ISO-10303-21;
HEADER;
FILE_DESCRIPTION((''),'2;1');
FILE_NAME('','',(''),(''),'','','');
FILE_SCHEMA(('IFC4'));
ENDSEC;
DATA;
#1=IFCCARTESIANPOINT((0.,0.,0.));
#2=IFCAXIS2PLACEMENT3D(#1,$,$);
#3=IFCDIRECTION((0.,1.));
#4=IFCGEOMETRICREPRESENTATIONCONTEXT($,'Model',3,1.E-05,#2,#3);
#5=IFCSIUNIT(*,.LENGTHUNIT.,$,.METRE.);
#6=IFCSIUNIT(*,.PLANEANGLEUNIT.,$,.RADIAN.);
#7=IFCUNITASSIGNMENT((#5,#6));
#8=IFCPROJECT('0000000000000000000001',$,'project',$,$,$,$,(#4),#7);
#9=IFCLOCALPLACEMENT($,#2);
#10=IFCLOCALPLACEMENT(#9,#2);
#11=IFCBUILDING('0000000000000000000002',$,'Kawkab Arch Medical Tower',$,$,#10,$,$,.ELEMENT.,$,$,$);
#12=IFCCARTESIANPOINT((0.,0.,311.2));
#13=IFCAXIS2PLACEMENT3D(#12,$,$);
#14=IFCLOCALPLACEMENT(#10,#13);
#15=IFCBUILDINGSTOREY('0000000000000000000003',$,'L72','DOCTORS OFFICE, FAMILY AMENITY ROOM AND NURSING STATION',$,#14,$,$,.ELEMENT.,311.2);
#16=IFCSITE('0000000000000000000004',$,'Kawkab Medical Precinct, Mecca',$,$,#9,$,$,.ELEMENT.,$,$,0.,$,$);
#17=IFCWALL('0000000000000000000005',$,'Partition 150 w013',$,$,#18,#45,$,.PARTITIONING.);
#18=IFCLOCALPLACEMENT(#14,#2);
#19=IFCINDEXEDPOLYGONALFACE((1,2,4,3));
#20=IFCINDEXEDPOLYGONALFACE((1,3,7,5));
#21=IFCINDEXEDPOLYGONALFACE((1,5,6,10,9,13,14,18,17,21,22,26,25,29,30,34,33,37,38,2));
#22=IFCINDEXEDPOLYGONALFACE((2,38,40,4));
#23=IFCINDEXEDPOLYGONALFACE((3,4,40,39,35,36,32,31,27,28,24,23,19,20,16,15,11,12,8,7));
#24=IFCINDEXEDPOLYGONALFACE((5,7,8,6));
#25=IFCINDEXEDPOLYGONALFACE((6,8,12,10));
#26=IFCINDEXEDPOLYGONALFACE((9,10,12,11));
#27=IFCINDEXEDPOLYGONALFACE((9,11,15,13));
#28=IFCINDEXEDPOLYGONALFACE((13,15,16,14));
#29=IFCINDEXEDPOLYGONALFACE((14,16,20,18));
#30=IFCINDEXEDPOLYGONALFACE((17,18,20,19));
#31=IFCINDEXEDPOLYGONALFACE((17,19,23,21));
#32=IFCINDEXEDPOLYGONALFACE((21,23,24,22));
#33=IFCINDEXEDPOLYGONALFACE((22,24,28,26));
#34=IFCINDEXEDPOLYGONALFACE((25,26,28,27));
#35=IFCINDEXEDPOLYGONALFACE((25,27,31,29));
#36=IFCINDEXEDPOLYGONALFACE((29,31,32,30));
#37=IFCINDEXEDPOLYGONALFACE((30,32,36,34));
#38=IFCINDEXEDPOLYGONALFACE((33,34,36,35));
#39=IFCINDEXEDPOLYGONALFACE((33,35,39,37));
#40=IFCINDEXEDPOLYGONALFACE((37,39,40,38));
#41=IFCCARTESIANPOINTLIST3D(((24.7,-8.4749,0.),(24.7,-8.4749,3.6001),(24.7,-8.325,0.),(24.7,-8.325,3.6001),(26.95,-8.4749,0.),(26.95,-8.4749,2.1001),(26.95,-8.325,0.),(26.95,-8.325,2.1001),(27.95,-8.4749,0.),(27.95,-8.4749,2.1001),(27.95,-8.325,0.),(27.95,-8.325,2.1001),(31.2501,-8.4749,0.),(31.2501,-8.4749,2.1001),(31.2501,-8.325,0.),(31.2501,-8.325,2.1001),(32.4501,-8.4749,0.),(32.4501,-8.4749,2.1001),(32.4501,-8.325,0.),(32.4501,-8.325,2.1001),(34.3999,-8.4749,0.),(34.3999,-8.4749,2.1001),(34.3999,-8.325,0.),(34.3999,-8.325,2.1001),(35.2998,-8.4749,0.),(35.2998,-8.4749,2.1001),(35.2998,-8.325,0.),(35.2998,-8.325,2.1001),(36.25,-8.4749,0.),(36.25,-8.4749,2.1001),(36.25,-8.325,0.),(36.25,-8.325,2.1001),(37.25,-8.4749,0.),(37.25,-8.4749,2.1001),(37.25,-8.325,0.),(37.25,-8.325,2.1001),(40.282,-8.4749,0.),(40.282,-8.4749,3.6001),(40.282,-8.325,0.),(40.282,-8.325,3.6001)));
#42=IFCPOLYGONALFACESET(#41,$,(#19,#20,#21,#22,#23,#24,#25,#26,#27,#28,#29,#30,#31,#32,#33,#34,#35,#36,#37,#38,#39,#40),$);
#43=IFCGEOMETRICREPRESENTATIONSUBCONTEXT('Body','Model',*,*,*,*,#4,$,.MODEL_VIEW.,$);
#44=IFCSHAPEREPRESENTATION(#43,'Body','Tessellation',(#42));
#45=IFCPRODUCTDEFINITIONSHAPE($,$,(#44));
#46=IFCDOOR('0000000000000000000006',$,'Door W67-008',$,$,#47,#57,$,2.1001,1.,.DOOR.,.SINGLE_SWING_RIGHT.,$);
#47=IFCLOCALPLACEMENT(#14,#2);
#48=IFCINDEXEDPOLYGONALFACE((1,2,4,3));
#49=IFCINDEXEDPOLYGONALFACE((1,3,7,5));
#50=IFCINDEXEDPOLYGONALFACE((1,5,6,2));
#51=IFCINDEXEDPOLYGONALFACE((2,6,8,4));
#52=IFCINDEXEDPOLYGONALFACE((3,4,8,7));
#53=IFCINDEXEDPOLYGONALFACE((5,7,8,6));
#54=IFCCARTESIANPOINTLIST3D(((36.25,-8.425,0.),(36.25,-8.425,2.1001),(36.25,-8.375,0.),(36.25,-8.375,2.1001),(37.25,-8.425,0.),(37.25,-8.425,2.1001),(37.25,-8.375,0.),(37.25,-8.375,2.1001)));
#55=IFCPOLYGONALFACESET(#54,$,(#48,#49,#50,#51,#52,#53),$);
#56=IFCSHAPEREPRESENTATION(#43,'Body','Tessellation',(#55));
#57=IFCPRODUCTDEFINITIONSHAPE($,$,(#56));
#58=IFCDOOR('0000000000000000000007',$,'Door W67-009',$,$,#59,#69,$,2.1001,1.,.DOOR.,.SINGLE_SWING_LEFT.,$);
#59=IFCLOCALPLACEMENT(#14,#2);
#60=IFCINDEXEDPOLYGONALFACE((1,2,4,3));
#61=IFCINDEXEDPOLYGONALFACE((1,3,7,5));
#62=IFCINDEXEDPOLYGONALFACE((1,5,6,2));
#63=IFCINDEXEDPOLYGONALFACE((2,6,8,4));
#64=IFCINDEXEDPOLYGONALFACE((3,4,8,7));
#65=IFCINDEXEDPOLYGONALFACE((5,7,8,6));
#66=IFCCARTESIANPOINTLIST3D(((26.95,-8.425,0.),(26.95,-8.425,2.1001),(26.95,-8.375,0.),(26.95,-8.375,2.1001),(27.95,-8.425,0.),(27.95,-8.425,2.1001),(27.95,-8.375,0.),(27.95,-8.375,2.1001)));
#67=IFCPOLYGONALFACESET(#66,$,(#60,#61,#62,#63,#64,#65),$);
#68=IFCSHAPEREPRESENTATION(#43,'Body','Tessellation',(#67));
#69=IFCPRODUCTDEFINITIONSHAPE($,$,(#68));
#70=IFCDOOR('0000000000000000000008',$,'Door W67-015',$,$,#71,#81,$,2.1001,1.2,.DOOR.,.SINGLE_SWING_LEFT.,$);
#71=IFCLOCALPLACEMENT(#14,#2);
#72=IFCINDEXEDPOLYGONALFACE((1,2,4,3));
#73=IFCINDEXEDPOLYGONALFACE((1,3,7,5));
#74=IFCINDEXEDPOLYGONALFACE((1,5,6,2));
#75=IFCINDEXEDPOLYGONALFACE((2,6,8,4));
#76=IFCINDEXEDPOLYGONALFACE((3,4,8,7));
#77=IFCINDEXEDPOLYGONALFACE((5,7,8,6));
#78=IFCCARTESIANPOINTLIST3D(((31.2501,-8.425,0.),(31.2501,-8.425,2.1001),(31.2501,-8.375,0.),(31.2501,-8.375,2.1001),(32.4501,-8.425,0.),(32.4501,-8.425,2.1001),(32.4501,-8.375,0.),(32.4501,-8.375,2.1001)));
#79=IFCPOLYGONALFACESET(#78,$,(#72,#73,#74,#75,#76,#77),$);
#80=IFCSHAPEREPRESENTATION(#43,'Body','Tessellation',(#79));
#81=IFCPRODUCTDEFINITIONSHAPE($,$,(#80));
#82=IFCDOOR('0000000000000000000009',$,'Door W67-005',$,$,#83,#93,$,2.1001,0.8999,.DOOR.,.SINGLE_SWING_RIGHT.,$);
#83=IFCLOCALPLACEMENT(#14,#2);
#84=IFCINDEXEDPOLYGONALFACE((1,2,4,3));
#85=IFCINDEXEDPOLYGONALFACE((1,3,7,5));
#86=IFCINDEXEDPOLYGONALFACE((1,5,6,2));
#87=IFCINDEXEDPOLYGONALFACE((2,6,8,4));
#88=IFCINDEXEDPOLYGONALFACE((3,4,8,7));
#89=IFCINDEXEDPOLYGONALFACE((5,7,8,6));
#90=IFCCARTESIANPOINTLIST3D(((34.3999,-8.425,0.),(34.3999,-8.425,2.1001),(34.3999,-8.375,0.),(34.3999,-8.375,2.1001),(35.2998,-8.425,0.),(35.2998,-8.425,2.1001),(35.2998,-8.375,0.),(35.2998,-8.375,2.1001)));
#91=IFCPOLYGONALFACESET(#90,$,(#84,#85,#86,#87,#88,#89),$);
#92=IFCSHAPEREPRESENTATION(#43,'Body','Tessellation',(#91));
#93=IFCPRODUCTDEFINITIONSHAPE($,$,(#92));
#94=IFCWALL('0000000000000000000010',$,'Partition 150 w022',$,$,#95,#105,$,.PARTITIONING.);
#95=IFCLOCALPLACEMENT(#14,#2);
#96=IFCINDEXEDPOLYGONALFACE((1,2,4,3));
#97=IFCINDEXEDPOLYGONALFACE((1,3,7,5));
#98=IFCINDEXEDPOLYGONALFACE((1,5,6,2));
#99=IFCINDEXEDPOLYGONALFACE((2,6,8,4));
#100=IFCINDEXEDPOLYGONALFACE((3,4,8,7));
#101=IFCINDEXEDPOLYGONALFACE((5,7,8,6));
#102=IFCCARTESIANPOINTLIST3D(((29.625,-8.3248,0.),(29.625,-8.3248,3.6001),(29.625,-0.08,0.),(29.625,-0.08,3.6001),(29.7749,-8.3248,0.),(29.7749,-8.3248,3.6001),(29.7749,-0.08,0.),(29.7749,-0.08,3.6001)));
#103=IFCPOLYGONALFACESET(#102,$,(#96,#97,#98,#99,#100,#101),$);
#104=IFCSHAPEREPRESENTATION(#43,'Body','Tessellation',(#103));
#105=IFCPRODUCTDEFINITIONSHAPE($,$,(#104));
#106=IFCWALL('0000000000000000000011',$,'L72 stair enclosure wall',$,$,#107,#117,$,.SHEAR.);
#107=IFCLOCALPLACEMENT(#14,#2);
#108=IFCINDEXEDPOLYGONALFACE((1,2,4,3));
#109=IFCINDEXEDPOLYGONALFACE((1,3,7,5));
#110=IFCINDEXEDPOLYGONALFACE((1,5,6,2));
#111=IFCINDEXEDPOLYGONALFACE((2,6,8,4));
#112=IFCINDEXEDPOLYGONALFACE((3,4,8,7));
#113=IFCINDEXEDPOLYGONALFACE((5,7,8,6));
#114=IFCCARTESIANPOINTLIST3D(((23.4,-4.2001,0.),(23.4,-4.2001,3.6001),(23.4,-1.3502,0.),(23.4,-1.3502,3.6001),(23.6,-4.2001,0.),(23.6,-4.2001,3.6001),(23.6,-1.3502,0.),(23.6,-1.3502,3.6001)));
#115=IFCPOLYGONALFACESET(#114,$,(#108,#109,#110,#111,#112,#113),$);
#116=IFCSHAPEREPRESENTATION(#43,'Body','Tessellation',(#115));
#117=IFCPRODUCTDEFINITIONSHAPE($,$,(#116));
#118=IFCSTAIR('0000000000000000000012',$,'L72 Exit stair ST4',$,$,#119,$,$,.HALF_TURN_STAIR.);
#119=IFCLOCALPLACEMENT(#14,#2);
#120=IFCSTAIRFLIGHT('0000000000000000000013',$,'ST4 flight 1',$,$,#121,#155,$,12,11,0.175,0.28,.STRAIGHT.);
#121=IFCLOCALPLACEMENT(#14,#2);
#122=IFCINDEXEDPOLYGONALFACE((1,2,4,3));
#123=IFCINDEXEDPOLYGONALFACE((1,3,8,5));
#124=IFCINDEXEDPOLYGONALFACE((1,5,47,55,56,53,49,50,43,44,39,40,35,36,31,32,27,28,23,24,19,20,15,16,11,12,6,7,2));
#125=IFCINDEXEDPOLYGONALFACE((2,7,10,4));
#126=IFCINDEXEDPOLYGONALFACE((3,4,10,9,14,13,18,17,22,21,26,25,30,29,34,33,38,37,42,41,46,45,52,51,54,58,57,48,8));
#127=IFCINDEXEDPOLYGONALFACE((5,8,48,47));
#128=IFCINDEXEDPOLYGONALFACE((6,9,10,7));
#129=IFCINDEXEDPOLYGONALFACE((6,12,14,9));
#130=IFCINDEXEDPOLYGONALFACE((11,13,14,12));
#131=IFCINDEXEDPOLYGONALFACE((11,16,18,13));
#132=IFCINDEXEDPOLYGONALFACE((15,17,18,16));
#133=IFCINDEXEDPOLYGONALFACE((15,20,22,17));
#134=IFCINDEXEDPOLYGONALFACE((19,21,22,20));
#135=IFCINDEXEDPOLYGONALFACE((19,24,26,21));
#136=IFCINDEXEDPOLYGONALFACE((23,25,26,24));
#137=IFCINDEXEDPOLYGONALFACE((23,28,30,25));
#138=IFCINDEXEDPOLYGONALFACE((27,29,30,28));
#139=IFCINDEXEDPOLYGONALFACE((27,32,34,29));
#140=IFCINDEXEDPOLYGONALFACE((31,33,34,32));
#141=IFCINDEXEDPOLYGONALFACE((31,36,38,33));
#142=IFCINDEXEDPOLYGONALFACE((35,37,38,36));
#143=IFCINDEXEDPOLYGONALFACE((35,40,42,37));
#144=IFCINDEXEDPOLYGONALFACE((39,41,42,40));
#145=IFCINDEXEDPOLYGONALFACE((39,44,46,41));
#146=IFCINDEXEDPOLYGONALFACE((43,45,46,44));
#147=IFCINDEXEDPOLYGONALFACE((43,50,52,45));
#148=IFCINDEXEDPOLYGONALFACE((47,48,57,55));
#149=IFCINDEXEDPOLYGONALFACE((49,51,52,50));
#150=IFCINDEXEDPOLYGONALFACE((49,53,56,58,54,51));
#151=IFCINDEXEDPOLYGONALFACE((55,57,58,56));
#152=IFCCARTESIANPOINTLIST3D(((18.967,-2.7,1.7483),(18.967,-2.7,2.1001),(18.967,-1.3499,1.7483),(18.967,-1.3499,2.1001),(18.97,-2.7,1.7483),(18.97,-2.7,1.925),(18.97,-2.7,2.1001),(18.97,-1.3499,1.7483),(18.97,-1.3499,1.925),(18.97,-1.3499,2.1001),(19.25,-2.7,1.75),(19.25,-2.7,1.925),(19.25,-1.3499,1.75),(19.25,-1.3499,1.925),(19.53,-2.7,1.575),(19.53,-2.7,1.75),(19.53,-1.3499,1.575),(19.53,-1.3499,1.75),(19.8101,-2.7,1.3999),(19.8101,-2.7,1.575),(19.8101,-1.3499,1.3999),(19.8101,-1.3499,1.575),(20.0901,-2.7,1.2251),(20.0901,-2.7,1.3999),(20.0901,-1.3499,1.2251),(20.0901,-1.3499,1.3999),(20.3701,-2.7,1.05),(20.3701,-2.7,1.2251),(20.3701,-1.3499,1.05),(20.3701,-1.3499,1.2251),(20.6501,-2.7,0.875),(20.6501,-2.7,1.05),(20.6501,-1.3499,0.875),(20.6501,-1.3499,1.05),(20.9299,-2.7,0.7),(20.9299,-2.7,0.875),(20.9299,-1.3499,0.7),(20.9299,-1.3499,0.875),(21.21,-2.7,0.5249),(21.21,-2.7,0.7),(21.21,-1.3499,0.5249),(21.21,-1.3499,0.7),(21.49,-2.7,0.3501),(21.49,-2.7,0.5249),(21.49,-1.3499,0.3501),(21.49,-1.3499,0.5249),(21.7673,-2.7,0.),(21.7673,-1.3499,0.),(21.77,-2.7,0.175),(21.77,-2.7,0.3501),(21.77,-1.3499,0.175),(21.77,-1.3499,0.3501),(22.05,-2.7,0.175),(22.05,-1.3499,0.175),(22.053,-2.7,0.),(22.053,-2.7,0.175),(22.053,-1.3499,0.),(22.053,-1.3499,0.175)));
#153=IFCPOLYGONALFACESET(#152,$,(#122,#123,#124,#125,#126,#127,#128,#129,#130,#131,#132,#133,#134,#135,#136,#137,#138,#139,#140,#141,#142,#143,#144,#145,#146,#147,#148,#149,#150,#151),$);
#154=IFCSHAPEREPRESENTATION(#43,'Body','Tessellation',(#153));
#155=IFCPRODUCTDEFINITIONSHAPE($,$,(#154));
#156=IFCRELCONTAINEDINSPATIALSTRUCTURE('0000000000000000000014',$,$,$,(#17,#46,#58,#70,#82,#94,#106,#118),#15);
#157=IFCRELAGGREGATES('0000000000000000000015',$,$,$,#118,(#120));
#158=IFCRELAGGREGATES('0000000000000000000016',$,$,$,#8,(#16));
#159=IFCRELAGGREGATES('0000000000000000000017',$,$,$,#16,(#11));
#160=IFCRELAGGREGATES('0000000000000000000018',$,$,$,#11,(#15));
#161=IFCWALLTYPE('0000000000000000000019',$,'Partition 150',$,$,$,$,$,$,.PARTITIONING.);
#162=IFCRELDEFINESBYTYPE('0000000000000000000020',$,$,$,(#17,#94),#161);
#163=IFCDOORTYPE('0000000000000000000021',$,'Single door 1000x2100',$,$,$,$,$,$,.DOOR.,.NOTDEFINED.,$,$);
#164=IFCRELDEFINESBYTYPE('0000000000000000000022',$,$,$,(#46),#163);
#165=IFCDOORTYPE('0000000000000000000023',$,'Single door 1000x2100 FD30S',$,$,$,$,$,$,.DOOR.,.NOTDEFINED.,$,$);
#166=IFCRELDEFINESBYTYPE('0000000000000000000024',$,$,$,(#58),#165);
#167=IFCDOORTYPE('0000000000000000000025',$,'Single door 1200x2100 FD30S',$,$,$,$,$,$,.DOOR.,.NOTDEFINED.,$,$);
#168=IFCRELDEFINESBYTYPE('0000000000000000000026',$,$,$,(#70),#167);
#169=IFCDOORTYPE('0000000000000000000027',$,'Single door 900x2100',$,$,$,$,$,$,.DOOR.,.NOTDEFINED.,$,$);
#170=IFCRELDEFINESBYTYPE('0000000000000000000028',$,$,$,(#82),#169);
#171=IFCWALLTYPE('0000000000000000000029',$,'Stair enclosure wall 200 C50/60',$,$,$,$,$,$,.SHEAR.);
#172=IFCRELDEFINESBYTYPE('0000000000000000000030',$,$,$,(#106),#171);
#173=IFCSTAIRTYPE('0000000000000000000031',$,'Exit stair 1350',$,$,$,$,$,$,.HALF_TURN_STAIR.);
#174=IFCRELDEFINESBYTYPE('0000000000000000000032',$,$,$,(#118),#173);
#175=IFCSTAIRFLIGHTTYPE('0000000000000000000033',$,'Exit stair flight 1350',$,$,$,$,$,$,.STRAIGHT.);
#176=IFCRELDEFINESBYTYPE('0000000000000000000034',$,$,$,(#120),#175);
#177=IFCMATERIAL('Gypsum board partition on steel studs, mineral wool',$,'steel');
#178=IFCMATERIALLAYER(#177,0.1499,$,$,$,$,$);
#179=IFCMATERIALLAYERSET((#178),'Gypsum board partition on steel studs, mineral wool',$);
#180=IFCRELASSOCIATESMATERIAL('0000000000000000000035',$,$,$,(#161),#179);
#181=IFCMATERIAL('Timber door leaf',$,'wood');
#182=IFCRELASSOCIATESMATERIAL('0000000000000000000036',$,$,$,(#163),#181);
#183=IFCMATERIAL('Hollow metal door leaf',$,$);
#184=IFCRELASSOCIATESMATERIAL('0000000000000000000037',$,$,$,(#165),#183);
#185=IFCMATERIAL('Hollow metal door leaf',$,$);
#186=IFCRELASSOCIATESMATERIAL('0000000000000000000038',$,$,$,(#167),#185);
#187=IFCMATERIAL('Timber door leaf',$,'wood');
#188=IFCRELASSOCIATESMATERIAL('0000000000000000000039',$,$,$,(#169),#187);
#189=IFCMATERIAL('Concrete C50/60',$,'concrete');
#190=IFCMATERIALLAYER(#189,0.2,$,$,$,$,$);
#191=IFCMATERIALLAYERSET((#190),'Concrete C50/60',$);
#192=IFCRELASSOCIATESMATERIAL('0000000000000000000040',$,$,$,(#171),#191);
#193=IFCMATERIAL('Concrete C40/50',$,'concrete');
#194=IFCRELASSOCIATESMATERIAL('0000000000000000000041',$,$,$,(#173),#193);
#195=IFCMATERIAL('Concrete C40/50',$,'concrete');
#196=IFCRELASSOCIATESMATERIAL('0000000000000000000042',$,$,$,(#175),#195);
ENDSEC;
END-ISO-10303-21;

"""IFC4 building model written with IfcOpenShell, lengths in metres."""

from ifc_helpers import new_model, si_unit, direction, frame, frame_2d, origin, place, context, subcontext, project, spatial, polyline, rectangle, outline, extrude, material, layer, layer_set, type_object, element, fill, aggregate, save


model = new_model("IFC4")

# Units and contexts
model_context = context("Model", 3, precision=1e-05, world=origin(), true_north=direction((0.0, 1.0)))
body_context = subcontext(model_context, "Body", "Model", "MODEL_VIEW")
ifc_project = project(units=[si_unit("LENGTHUNIT", "METRE"), si_unit("PLANEANGLEUNIT", "RADIAN")], contexts=[model_context])

# Site, building, storey
site_placement = place(None, origin())
site = spatial("IfcSite", under=ifc_project, at=site_placement, Name="Kawkab Medical Precinct, Mecca", CompositionType="ELEMENT", RefElevation=0.0)
building_placement = place(site_placement, origin())
building = spatial("IfcBuilding", under=site, at=building_placement, Name="Kawkab Arch Medical Tower", CompositionType="ELEMENT")
storey_placement = place(building_placement, frame((0.0, 0.0, 311.2)))
storey = spatial("IfcBuildingStorey", under=building, at=storey_placement, Name="L72", Description="DOCTORS OFFICE, FAMILY AMENITY ROOM AND NURSING STATION", CompositionType="ELEMENT", Elevation=311.2)

# Shared definitions
placement = place(storey_placement, origin())

# Wall, openings, doors
ifc_material_1 = material(Name="Gypsum board partition on steel studs, mineral wool", Category="steel")
ifc_layer_1 = layer(ifc_material_1, 0.1499)
ifc_layer_set_1 = layer_set([ifc_layer_1], Name="Gypsum board partition on steel studs, mineral wool")
wall_type_1 = type_object("IfcWallType", Name="Partition 150", PredefinedType="PARTITIONING", material=ifc_layer_set_1)
wall_1_placement = place(storey_placement, frame((24.7, -8.3999, 0.0), z_axis=(0.0, 0.0, 1.0), x_axis=(1.0, 0.0, 0.0)))
wall_1 = element("IfcWall", 1, at=wall_1_placement, inside=storey, type_object=wall_type_1, Name="Partition 150 w013", PredefinedType="PARTITIONING", context=body_context, shape_type="SweptSolid", body=[
    extrude(rectangle(XDim=15.582, YDim=0.1499, at=frame_2d((7.791, 0.0))), origin(), (0.0, 0.0, 1.0), 3.6001),
])
opening_1_placement = place(wall_1_placement, frame((2.25, 0.0, 0.0)))
opening_1 = element("IfcOpeningElement", 2, at=opening_1_placement, cuts=wall_1, PredefinedType="OPENING", context=body_context, shape_type="SweptSolid", body=[
    extrude(rectangle(XDim=1.0, YDim=2.1001, at=frame_2d((0.5, 1.05))), frame((0.0, 0.085, 0.0), z_axis=(0.0, -1.0, 0.0), x_axis=(1.0, 0.0, 0.0)), (0.0, 0.0, 1.0), 0.1699),
])
opening_2_placement = place(wall_1_placement, frame((6.55, 0.0, 0.0)))
opening_2 = element("IfcOpeningElement", 3, at=opening_2_placement, cuts=wall_1, PredefinedType="OPENING", context=body_context, shape_type="SweptSolid", body=[
    extrude(rectangle(XDim=1.2, YDim=2.1001, at=frame_2d((0.6001, 1.05))), frame((0.0, 0.085, 0.0), z_axis=(0.0, -1.0, 0.0), x_axis=(1.0, 0.0, 0.0)), (0.0, 0.0, 1.0), 0.1699),
])
opening_3_placement = place(wall_1_placement, frame((9.7, 0.0, 0.0)))
opening_3 = element("IfcOpeningElement", 4, at=opening_3_placement, cuts=wall_1, PredefinedType="OPENING", context=body_context, shape_type="SweptSolid", body=[
    extrude(rectangle(XDim=0.8999, YDim=2.1001, at=frame_2d((0.45, 1.05))), frame((0.0, 0.085, 0.0), z_axis=(0.0, -1.0, 0.0), x_axis=(1.0, 0.0, 0.0)), (0.0, 0.0, 1.0), 0.1699),
])
opening_4_placement = place(wall_1_placement, frame((11.55, 0.0, 0.0)))
opening_4 = element("IfcOpeningElement", 5, at=opening_4_placement, cuts=wall_1, PredefinedType="OPENING", context=body_context, shape_type="SweptSolid", body=[
    extrude(rectangle(XDim=1.0, YDim=2.1001, at=frame_2d((0.5, 1.05))), frame((0.0, 0.085, 0.0), z_axis=(0.0, -1.0, 0.0), x_axis=(1.0, 0.0, 0.0)), (0.0, 0.0, 1.0), 0.1699),
])
ifc_material_2 = material(Name="Timber door leaf", Category="wood")
door_type_1 = type_object("IfcDoorType", Name="Single door 1000x2100", OperationType="NOTDEFINED", PredefinedType="DOOR", material=ifc_material_2)
door_1_placement = place(opening_4_placement, origin())
door_1 = element("IfcDoor", 6, at=door_1_placement, inside=storey, type_object=door_type_1, Name="Door W67-008", OperationType="SINGLE_SWING_RIGHT", OverallHeight=2.1001, OverallWidth=1.0, PredefinedType="DOOR", context=body_context, shape_type="SweptSolid", body=[
    extrude(rectangle(XDim=1.0, YDim=2.1001, at=frame_2d((0.5, 1.05))), frame((0.0, 0.0249, 0.0), z_axis=(0.0, -1.0, 0.0), x_axis=(1.0, 0.0, 0.0)), (0.0, 0.0, 1.0), 0.05),
])
fill(opening_4, door_1)
ifc_material_3 = material(Name="Hollow metal door leaf")
door_type_2 = type_object("IfcDoorType", Name="Single door 1000x2100 FD30S", OperationType="NOTDEFINED", PredefinedType="DOOR", material=ifc_material_3)
door_2_placement = place(opening_1_placement, origin())
door_2 = element("IfcDoor", 7, at=door_2_placement, inside=storey, type_object=door_type_2, Name="Door W67-009", OperationType="SINGLE_SWING_LEFT", OverallHeight=2.1001, OverallWidth=1.0, PredefinedType="DOOR", context=body_context, shape_type="SweptSolid", body=[
    extrude(rectangle(XDim=1.0, YDim=2.1001, at=frame_2d((0.5, 1.05))), frame((0.0, 0.0249, 0.0), z_axis=(0.0, -1.0, 0.0), x_axis=(1.0, 0.0, 0.0)), (0.0, 0.0, 1.0), 0.05),
])
fill(opening_1, door_2)
ifc_material_4 = material(Name="Hollow metal door leaf")
door_type_3 = type_object("IfcDoorType", Name="Single door 1200x2100 FD30S", OperationType="NOTDEFINED", PredefinedType="DOOR", material=ifc_material_4)
door_3_placement = place(opening_2_placement, origin())
door_3 = element("IfcDoor", 8, at=door_3_placement, inside=storey, type_object=door_type_3, Name="Door W67-015", OperationType="SINGLE_SWING_LEFT", OverallHeight=2.1001, OverallWidth=1.2, PredefinedType="DOOR", context=body_context, shape_type="SweptSolid", body=[
    extrude(rectangle(XDim=1.2, YDim=2.1001, at=frame_2d((0.6001, 1.05))), frame((0.0, 0.0249, 0.0), z_axis=(0.0, -1.0, 0.0), x_axis=(1.0, 0.0, 0.0)), (0.0, 0.0, 1.0), 0.05),
])
fill(opening_2, door_3)
ifc_material_5 = material(Name="Timber door leaf", Category="wood")
door_type_4 = type_object("IfcDoorType", Name="Single door 900x2100", OperationType="NOTDEFINED", PredefinedType="DOOR", material=ifc_material_5)
door_4_placement = place(opening_3_placement, origin())
door_4 = element("IfcDoor", 9, at=door_4_placement, inside=storey, type_object=door_type_4, Name="Door W67-005", OperationType="SINGLE_SWING_RIGHT", OverallHeight=2.1001, OverallWidth=0.8999, PredefinedType="DOOR", context=body_context, shape_type="SweptSolid", body=[
    extrude(rectangle(XDim=0.8999, YDim=2.1001, at=frame_2d((0.45, 1.05))), frame((0.0, 0.0249, 0.0), z_axis=(0.0, -1.0, 0.0), x_axis=(1.0, 0.0, 0.0)), (0.0, 0.0, 1.0), 0.05),
])
fill(opening_3, door_4)

# Walls
wall_2_placement = place(storey_placement, frame((29.7, -8.325, 0.0), z_axis=(0.0, 0.0, 1.0), x_axis=(0.0, 1.0, 0.0)))
element("IfcWall", 10, at=wall_2_placement, inside=storey, type_object=wall_type_1, Name="Partition 150 w022", PredefinedType="PARTITIONING", context=body_context, shape_type="SweptSolid", body=[
    extrude(rectangle(XDim=8.2449, YDim=0.1499, at=frame_2d((4.1226, 0.0))), origin(), (0.0, 0.0, 1.0), 3.6001),
])
ifc_material_6 = material(Name="Concrete C50/60", Category="concrete")
ifc_layer_2 = layer(ifc_material_6, 0.2)
ifc_layer_set_2 = layer_set([ifc_layer_2], Name="Concrete C50/60")
wall_type_2 = type_object("IfcWallType", Name="Stair enclosure wall 200 C50/60", PredefinedType="SHEAR", material=ifc_layer_set_2)
wall_3_placement = place(storey_placement, frame((23.5, -4.2, 0.0), z_axis=(0.0, 0.0, 1.0), x_axis=(0.0, 1.0, 0.0)))
element("IfcWall", 11, at=wall_3_placement, inside=storey, type_object=wall_type_2, Name="L72 stair enclosure wall", PredefinedType="SHEAR", context=body_context, shape_type="SweptSolid", body=[
    extrude(rectangle(XDim=2.8499, YDim=0.2, at=frame_2d((1.4248, 0.0))), origin(), (0.0, 0.0, 1.0), 3.6001),
])

# Stair, stair flight
ifc_material_7 = material(Name="Concrete C40/50", Category="concrete")
stair_type = type_object("IfcStairType", Name="Exit stair 1350", PredefinedType="HALF_TURN_STAIR", material=ifc_material_7)
stair = element("IfcStair", 12, at=placement, inside=storey, type_object=stair_type, Name="L72 Exit stair ST4", PredefinedType="HALF_TURN_STAIR")
ifc_material_8 = material(Name="Concrete C40/50", Category="concrete")
stair_flight_type = type_object("IfcStairFlightType", Name="Exit stair flight 1350", PredefinedType="STRAIGHT", material=ifc_material_8)
stair_flight_1_placement = place(storey_placement, frame((22.05, -2.0249, 0.0), z_axis=(0.0, 0.0, 1.0), x_axis=(-1.0, 0.0, 0.0)))
stair_flight_1 = element("IfcStairFlight", 13, at=stair_flight_1_placement, type_object=stair_flight_type, Name="ST4 flight 1", NumberOfRisers=12, NumberOfTreads=11, PredefinedType="STRAIGHT", RiserHeight=0.175, TreadLength=0.28, context=body_context, shape_type="SweptSolid", body=[
    extrude(outline(polyline([(-0.0029, 0.0), (-0.0029, 0.175), (0.0, 0.175), (0.28, 0.175), (0.28, 0.3501), (0.5601, 0.3501), (0.5601, 0.5249), (0.8401, 0.5249), (0.8401, 0.7), (1.1201, 0.7), (1.1201, 0.875), (1.3999, 0.875), (1.3999, 1.05), (1.6799, 1.05), (1.6799, 1.2251), (1.96, 1.2251), (1.96, 1.3999), (2.24, 1.3999), (2.24, 1.575), (2.52, 1.575), (2.52, 1.75), (2.8, 1.75), (2.8, 1.925), (3.0801, 1.925), (3.0801, 2.1001), (3.083, 2.1001), (3.083, 1.7483), (3.0801, 1.7483), (0.2827, 0.0), (-0.0029, 0.0)])), frame((0.0, 0.675, 0.0), z_axis=(0.0, -1.0, 0.0), x_axis=(1.0, 0.0, 0.0)), (0.0, 0.0, 1.0), 1.3501),
])
aggregate(stair, [stair_flight_1])

save(model, "model.ifc")
